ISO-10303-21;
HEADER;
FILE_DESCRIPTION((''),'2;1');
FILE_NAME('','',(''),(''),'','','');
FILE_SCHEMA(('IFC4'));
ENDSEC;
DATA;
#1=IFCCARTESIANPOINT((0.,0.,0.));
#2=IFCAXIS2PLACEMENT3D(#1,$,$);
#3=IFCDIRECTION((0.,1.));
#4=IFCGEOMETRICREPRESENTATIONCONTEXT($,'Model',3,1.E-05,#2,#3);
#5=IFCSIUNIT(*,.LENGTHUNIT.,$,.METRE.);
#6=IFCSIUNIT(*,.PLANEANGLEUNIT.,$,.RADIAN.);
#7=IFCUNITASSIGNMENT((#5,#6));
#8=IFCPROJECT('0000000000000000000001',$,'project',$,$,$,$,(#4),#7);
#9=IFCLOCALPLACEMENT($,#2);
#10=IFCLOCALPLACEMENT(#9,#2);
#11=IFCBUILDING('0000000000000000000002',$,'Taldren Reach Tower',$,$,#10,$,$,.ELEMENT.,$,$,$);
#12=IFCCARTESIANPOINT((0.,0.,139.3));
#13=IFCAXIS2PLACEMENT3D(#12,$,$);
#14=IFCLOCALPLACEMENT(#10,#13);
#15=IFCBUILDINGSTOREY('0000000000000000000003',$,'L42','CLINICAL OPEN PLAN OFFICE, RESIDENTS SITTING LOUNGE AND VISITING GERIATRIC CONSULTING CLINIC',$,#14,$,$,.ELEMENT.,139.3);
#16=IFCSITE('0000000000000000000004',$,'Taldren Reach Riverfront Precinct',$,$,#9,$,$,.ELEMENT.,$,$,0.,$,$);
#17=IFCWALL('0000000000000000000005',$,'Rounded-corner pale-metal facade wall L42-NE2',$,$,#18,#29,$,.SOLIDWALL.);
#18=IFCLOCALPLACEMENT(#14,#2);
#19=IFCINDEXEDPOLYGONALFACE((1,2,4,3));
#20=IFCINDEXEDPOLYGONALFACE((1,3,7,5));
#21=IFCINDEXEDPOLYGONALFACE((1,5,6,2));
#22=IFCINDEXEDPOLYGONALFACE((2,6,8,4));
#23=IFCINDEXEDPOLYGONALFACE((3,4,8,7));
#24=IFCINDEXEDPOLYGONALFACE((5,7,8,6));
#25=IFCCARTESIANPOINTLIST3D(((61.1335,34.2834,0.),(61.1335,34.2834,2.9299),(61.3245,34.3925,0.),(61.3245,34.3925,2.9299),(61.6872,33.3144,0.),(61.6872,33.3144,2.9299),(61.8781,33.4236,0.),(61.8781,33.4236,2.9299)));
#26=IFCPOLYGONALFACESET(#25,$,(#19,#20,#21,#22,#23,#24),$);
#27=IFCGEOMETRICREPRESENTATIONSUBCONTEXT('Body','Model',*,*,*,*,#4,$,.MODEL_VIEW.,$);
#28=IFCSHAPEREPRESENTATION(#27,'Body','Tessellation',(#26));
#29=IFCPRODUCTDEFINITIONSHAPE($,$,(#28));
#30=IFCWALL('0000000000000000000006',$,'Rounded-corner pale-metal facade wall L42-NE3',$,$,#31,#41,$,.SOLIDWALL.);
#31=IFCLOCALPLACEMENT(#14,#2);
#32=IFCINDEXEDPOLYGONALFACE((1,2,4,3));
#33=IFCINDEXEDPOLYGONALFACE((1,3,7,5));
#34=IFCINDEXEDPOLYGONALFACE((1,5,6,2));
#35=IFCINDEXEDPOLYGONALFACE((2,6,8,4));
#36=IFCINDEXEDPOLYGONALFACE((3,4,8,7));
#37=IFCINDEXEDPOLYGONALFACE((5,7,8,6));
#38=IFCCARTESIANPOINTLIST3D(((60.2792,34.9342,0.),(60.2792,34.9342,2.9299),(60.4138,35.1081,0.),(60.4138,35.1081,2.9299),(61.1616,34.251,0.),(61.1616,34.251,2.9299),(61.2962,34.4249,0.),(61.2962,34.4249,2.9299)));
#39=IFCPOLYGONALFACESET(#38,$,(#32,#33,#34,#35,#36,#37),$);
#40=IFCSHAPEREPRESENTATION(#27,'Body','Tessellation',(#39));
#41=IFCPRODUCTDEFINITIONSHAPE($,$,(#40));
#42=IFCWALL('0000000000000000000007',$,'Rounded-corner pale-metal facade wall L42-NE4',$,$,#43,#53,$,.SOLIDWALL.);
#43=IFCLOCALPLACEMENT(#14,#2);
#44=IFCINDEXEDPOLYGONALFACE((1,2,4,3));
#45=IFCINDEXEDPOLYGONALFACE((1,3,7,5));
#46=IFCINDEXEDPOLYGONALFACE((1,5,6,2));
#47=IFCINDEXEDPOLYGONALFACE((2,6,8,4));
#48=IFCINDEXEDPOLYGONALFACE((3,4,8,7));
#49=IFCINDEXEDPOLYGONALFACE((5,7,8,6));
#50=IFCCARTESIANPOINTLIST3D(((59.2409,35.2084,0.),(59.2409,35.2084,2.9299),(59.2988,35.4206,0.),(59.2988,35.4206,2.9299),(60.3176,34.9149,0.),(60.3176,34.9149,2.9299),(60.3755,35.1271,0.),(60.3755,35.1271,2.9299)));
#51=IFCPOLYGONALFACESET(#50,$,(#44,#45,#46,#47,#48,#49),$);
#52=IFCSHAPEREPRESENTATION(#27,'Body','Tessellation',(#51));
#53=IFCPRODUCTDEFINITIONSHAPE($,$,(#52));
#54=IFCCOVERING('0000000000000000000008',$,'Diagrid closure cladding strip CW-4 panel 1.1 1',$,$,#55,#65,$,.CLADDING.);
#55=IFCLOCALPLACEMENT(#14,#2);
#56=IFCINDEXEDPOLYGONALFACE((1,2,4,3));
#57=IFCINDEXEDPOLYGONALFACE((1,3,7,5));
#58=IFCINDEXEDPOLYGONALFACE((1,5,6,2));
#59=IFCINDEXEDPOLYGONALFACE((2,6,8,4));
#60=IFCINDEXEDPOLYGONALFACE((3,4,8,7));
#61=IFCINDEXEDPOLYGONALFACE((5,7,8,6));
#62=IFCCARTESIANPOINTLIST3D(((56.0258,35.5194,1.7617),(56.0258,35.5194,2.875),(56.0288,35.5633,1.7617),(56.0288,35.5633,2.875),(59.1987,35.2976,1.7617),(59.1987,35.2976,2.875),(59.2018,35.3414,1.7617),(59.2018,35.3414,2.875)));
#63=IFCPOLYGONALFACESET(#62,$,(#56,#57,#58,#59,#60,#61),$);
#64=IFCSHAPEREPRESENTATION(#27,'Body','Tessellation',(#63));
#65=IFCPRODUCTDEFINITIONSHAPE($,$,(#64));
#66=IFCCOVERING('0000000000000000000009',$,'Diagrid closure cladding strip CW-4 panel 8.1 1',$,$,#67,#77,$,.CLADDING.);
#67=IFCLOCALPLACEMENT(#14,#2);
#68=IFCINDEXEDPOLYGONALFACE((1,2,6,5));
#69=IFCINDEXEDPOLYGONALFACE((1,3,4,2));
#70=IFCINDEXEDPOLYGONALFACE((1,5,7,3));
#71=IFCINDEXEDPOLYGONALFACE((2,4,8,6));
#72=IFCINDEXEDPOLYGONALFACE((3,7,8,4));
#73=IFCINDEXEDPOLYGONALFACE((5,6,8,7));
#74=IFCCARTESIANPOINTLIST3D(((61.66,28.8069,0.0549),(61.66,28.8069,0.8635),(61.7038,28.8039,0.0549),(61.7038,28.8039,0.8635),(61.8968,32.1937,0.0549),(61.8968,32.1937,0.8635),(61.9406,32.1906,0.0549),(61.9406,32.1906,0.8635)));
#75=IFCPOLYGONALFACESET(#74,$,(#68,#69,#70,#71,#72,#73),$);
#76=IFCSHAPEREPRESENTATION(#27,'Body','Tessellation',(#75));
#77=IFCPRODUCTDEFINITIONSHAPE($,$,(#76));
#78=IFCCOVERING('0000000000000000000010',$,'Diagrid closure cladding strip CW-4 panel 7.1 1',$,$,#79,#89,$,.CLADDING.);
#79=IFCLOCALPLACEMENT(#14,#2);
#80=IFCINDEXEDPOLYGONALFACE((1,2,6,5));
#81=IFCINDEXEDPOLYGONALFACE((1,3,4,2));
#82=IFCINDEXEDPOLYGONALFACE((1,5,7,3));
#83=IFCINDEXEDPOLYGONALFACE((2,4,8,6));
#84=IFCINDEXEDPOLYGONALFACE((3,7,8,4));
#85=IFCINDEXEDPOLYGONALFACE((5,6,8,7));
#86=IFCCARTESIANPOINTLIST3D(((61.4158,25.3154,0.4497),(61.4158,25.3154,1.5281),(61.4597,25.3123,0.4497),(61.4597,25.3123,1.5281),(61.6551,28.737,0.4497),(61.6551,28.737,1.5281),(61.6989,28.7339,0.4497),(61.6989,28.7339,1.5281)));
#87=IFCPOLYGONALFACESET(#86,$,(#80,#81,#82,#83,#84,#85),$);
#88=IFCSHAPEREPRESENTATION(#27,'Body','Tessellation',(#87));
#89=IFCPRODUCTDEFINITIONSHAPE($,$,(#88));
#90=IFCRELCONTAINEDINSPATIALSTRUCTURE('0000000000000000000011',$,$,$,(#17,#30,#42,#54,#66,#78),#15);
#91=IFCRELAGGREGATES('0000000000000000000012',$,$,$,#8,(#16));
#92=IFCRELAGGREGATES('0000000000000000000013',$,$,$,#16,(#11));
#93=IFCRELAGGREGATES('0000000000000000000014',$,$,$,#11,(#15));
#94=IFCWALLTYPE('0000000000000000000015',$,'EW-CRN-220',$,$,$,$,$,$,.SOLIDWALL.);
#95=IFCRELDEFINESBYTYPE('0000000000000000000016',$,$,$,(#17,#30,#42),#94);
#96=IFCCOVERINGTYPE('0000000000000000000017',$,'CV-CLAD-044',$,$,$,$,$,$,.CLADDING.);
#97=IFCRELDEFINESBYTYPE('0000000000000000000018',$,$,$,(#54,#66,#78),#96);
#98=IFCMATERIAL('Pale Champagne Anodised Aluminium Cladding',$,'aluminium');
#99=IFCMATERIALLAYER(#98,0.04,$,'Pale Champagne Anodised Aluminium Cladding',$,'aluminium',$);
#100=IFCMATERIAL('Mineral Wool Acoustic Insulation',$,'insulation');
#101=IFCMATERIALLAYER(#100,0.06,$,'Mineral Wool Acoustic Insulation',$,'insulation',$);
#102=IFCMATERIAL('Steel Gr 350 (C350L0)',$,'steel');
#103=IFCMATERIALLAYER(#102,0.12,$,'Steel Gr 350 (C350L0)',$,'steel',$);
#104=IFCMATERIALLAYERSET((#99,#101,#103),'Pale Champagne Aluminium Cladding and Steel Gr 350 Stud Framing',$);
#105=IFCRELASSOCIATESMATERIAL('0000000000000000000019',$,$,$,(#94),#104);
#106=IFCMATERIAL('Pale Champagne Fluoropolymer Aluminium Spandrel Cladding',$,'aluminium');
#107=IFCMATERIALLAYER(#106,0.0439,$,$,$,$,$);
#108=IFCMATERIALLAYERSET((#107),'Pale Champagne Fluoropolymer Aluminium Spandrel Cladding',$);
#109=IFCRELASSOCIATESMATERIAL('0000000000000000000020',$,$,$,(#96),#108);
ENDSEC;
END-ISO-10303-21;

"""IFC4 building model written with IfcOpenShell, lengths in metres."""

from ifc_helpers import new_model, si_unit, direction, frame, frame_2d, origin, origin_2d, place, context, subcontext, project, spatial, rectangle, extrude, source, transform, mapped, material, layer, layer_set, type_object, element, save


model = new_model("IFC4")

# Units and contexts
model_context = context("Model", 3, precision=1e-05, world=origin(), true_north=direction((0.0, 1.0)))
body_context = subcontext(model_context, "Body", "Model", "MODEL_VIEW")
ifc_project = project(units=[si_unit("LENGTHUNIT", "METRE"), si_unit("PLANEANGLEUNIT", "RADIAN")], contexts=[model_context])

# Site, building, storey
site_placement = place(None, origin())
site = spatial("IfcSite", under=ifc_project, at=site_placement, Name="Taldren Reach Riverfront Precinct", CompositionType="ELEMENT", RefElevation=0.0)
building_placement = place(site_placement, origin())
building = spatial("IfcBuilding", under=site, at=building_placement, Name="Taldren Reach Tower", CompositionType="ELEMENT")
storey_placement = place(building_placement, frame((0.0, 0.0, 139.3)))
storey = spatial("IfcBuildingStorey", under=building, at=storey_placement, Name="L42", Description="CLINICAL OPEN PLAN OFFICE, RESIDENTS SITTING LOUNGE AND VISITING GERIATRIC CONSULTING CLINIC", CompositionType="ELEMENT", Elevation=139.3)

# Shared definitions
ifc_material_1 = material(Name="Steel Gr 350 (C350L0)", Category="steel")

# Walls
ifc_material_2 = material(Name="Pale Champagne Anodised Aluminium Cladding", Category="aluminium")
ifc_layer_1 = layer(ifc_material_2, 0.04, Name="Pale Champagne Anodised Aluminium Cladding", Category="aluminium")
ifc_material_3 = material(Name="Mineral Wool Acoustic Insulation", Category="insulation")
ifc_layer_2 = layer(ifc_material_3, 0.06, Name="Mineral Wool Acoustic Insulation", Category="insulation")
ifc_layer_3 = layer(ifc_material_1, 0.12, Name="Steel Gr 350 (C350L0)", Category="steel")
ifc_layer_set_1 = layer_set([ifc_layer_1, ifc_layer_2, ifc_layer_3], Name="Pale Champagne Aluminium Cladding and Steel Gr 350 Stud Framing")
wall_type = type_object("IfcWallType", Name="EW-CRN-220", PredefinedType="SOLIDWALL", material=ifc_layer_set_1)
shared_shape_1 = source(origin(), body_context, "Body", "SweptSolid", [
    extrude(rectangle(XDim=1.116, YDim=0.22, at=frame_2d((0.5581, 0.0))), origin(), (0.0, 0.0, 1.0), 2.9299),
])
for number, where, z_axis, x_axis, name in (
    (1, (61.7827, 33.3689, 0.0), (0.0, 0.0, 1.0), (-0.496139, 0.868243, 0.0), "Rounded-corner pale-metal facade wall L42-NE2"),
    (2, (61.229, 34.3379, 0.0), (0.0, 0.0, 1.0), (-0.790717, 0.612182, 0.0), "Rounded-corner pale-metal facade wall L42-NE3"),
    (3, (60.3467, 35.021, 0.0), (0.0, 0.0, 1.0), (-0.964804, 0.262969, 0.0), "Rounded-corner pale-metal facade wall L42-NE4"),
):
    element("IfcWall", number, at=place(storey_placement, frame(where, z_axis=z_axis, x_axis=x_axis)), inside=storey, type_object=wall_type, Name=name, PredefinedType="SOLIDWALL", context=body_context, shape_type="MappedRepresentation", body=[
        mapped(shared_shape_1, transform((0.0, 0.0, 0.0), scale=1.0)),
    ])

# Coverings
ifc_material_4 = material(Name="Pale Champagne Fluoropolymer Aluminium Spandrel Cladding", Category="aluminium")
ifc_layer_4 = layer(ifc_material_4, 0.0439)
ifc_layer_set_2 = layer_set([ifc_layer_4], Name="Pale Champagne Fluoropolymer Aluminium Spandrel Cladding")
covering_type = type_object("IfcCoveringType", Name="CV-CLAD-044", PredefinedType="CLADDING", material=ifc_layer_set_2)
shared_shape_2 = source(origin(), body_context, "Body", "SweptSolid", [
    extrude(rectangle(XDim=3.1807, YDim=0.0439, at=origin_2d()), origin(), (0.0, 0.0, 1.0), 1.1133),
])
covering_1_placement = place(storey_placement, frame((57.6138, 35.4304, 1.7617), z_axis=(0.0, 0.0, 1.0), x_axis=(-0.997564, 0.069757, 0.0)))
element("IfcCovering", 4, at=covering_1_placement, inside=storey, type_object=covering_type, Name="Diagrid closure cladding strip CW-4 panel 1.1 1", PredefinedType="CLADDING", context=body_context, shape_type="MappedRepresentation", body=[
    mapped(shared_shape_2, transform((0.0, 0.0, 0.0), scale=1.0)),
])
shared_shape_3 = source(origin(), body_context, "Body", "SweptSolid", [
    extrude(rectangle(XDim=3.395, YDim=0.0439, at=origin_2d()), origin(), (0.0, 0.0, 1.0), 0.8086),
])
covering_2_placement = place(storey_placement, frame((61.8003, 30.4988, 0.0549), z_axis=(0.0, 0.0, 1.0), x_axis=(0.069756, 0.997564, 0.0)))
element("IfcCovering", 5, at=covering_2_placement, inside=storey, type_object=covering_type, Name="Diagrid closure cladding strip CW-4 panel 8.1 1", PredefinedType="CLADDING", context=body_context, shape_type="MappedRepresentation", body=[
    mapped(shared_shape_3, transform((0.0, 0.0, 0.0), scale=1.0)),
])
shared_shape_4 = source(origin(), body_context, "Body", "SweptSolid", [
    extrude(rectangle(XDim=3.4299, YDim=0.0439, at=origin_2d()), origin(), (0.0, 0.0, 1.0), 1.0784),
])
covering_3_placement = place(storey_placement, frame((61.5574, 27.0247, 0.4497), z_axis=(0.0, 0.0, 1.0), x_axis=(0.069756, 0.997564, 0.0)))
element("IfcCovering", 6, at=covering_3_placement, inside=storey, type_object=covering_type, Name="Diagrid closure cladding strip CW-4 panel 7.1 1", PredefinedType="CLADDING", context=body_context, shape_type="MappedRepresentation", body=[
    mapped(shared_shape_4, transform((0.0, 0.0, 0.0), scale=1.0)),
])

save(model, "model.ifc")
